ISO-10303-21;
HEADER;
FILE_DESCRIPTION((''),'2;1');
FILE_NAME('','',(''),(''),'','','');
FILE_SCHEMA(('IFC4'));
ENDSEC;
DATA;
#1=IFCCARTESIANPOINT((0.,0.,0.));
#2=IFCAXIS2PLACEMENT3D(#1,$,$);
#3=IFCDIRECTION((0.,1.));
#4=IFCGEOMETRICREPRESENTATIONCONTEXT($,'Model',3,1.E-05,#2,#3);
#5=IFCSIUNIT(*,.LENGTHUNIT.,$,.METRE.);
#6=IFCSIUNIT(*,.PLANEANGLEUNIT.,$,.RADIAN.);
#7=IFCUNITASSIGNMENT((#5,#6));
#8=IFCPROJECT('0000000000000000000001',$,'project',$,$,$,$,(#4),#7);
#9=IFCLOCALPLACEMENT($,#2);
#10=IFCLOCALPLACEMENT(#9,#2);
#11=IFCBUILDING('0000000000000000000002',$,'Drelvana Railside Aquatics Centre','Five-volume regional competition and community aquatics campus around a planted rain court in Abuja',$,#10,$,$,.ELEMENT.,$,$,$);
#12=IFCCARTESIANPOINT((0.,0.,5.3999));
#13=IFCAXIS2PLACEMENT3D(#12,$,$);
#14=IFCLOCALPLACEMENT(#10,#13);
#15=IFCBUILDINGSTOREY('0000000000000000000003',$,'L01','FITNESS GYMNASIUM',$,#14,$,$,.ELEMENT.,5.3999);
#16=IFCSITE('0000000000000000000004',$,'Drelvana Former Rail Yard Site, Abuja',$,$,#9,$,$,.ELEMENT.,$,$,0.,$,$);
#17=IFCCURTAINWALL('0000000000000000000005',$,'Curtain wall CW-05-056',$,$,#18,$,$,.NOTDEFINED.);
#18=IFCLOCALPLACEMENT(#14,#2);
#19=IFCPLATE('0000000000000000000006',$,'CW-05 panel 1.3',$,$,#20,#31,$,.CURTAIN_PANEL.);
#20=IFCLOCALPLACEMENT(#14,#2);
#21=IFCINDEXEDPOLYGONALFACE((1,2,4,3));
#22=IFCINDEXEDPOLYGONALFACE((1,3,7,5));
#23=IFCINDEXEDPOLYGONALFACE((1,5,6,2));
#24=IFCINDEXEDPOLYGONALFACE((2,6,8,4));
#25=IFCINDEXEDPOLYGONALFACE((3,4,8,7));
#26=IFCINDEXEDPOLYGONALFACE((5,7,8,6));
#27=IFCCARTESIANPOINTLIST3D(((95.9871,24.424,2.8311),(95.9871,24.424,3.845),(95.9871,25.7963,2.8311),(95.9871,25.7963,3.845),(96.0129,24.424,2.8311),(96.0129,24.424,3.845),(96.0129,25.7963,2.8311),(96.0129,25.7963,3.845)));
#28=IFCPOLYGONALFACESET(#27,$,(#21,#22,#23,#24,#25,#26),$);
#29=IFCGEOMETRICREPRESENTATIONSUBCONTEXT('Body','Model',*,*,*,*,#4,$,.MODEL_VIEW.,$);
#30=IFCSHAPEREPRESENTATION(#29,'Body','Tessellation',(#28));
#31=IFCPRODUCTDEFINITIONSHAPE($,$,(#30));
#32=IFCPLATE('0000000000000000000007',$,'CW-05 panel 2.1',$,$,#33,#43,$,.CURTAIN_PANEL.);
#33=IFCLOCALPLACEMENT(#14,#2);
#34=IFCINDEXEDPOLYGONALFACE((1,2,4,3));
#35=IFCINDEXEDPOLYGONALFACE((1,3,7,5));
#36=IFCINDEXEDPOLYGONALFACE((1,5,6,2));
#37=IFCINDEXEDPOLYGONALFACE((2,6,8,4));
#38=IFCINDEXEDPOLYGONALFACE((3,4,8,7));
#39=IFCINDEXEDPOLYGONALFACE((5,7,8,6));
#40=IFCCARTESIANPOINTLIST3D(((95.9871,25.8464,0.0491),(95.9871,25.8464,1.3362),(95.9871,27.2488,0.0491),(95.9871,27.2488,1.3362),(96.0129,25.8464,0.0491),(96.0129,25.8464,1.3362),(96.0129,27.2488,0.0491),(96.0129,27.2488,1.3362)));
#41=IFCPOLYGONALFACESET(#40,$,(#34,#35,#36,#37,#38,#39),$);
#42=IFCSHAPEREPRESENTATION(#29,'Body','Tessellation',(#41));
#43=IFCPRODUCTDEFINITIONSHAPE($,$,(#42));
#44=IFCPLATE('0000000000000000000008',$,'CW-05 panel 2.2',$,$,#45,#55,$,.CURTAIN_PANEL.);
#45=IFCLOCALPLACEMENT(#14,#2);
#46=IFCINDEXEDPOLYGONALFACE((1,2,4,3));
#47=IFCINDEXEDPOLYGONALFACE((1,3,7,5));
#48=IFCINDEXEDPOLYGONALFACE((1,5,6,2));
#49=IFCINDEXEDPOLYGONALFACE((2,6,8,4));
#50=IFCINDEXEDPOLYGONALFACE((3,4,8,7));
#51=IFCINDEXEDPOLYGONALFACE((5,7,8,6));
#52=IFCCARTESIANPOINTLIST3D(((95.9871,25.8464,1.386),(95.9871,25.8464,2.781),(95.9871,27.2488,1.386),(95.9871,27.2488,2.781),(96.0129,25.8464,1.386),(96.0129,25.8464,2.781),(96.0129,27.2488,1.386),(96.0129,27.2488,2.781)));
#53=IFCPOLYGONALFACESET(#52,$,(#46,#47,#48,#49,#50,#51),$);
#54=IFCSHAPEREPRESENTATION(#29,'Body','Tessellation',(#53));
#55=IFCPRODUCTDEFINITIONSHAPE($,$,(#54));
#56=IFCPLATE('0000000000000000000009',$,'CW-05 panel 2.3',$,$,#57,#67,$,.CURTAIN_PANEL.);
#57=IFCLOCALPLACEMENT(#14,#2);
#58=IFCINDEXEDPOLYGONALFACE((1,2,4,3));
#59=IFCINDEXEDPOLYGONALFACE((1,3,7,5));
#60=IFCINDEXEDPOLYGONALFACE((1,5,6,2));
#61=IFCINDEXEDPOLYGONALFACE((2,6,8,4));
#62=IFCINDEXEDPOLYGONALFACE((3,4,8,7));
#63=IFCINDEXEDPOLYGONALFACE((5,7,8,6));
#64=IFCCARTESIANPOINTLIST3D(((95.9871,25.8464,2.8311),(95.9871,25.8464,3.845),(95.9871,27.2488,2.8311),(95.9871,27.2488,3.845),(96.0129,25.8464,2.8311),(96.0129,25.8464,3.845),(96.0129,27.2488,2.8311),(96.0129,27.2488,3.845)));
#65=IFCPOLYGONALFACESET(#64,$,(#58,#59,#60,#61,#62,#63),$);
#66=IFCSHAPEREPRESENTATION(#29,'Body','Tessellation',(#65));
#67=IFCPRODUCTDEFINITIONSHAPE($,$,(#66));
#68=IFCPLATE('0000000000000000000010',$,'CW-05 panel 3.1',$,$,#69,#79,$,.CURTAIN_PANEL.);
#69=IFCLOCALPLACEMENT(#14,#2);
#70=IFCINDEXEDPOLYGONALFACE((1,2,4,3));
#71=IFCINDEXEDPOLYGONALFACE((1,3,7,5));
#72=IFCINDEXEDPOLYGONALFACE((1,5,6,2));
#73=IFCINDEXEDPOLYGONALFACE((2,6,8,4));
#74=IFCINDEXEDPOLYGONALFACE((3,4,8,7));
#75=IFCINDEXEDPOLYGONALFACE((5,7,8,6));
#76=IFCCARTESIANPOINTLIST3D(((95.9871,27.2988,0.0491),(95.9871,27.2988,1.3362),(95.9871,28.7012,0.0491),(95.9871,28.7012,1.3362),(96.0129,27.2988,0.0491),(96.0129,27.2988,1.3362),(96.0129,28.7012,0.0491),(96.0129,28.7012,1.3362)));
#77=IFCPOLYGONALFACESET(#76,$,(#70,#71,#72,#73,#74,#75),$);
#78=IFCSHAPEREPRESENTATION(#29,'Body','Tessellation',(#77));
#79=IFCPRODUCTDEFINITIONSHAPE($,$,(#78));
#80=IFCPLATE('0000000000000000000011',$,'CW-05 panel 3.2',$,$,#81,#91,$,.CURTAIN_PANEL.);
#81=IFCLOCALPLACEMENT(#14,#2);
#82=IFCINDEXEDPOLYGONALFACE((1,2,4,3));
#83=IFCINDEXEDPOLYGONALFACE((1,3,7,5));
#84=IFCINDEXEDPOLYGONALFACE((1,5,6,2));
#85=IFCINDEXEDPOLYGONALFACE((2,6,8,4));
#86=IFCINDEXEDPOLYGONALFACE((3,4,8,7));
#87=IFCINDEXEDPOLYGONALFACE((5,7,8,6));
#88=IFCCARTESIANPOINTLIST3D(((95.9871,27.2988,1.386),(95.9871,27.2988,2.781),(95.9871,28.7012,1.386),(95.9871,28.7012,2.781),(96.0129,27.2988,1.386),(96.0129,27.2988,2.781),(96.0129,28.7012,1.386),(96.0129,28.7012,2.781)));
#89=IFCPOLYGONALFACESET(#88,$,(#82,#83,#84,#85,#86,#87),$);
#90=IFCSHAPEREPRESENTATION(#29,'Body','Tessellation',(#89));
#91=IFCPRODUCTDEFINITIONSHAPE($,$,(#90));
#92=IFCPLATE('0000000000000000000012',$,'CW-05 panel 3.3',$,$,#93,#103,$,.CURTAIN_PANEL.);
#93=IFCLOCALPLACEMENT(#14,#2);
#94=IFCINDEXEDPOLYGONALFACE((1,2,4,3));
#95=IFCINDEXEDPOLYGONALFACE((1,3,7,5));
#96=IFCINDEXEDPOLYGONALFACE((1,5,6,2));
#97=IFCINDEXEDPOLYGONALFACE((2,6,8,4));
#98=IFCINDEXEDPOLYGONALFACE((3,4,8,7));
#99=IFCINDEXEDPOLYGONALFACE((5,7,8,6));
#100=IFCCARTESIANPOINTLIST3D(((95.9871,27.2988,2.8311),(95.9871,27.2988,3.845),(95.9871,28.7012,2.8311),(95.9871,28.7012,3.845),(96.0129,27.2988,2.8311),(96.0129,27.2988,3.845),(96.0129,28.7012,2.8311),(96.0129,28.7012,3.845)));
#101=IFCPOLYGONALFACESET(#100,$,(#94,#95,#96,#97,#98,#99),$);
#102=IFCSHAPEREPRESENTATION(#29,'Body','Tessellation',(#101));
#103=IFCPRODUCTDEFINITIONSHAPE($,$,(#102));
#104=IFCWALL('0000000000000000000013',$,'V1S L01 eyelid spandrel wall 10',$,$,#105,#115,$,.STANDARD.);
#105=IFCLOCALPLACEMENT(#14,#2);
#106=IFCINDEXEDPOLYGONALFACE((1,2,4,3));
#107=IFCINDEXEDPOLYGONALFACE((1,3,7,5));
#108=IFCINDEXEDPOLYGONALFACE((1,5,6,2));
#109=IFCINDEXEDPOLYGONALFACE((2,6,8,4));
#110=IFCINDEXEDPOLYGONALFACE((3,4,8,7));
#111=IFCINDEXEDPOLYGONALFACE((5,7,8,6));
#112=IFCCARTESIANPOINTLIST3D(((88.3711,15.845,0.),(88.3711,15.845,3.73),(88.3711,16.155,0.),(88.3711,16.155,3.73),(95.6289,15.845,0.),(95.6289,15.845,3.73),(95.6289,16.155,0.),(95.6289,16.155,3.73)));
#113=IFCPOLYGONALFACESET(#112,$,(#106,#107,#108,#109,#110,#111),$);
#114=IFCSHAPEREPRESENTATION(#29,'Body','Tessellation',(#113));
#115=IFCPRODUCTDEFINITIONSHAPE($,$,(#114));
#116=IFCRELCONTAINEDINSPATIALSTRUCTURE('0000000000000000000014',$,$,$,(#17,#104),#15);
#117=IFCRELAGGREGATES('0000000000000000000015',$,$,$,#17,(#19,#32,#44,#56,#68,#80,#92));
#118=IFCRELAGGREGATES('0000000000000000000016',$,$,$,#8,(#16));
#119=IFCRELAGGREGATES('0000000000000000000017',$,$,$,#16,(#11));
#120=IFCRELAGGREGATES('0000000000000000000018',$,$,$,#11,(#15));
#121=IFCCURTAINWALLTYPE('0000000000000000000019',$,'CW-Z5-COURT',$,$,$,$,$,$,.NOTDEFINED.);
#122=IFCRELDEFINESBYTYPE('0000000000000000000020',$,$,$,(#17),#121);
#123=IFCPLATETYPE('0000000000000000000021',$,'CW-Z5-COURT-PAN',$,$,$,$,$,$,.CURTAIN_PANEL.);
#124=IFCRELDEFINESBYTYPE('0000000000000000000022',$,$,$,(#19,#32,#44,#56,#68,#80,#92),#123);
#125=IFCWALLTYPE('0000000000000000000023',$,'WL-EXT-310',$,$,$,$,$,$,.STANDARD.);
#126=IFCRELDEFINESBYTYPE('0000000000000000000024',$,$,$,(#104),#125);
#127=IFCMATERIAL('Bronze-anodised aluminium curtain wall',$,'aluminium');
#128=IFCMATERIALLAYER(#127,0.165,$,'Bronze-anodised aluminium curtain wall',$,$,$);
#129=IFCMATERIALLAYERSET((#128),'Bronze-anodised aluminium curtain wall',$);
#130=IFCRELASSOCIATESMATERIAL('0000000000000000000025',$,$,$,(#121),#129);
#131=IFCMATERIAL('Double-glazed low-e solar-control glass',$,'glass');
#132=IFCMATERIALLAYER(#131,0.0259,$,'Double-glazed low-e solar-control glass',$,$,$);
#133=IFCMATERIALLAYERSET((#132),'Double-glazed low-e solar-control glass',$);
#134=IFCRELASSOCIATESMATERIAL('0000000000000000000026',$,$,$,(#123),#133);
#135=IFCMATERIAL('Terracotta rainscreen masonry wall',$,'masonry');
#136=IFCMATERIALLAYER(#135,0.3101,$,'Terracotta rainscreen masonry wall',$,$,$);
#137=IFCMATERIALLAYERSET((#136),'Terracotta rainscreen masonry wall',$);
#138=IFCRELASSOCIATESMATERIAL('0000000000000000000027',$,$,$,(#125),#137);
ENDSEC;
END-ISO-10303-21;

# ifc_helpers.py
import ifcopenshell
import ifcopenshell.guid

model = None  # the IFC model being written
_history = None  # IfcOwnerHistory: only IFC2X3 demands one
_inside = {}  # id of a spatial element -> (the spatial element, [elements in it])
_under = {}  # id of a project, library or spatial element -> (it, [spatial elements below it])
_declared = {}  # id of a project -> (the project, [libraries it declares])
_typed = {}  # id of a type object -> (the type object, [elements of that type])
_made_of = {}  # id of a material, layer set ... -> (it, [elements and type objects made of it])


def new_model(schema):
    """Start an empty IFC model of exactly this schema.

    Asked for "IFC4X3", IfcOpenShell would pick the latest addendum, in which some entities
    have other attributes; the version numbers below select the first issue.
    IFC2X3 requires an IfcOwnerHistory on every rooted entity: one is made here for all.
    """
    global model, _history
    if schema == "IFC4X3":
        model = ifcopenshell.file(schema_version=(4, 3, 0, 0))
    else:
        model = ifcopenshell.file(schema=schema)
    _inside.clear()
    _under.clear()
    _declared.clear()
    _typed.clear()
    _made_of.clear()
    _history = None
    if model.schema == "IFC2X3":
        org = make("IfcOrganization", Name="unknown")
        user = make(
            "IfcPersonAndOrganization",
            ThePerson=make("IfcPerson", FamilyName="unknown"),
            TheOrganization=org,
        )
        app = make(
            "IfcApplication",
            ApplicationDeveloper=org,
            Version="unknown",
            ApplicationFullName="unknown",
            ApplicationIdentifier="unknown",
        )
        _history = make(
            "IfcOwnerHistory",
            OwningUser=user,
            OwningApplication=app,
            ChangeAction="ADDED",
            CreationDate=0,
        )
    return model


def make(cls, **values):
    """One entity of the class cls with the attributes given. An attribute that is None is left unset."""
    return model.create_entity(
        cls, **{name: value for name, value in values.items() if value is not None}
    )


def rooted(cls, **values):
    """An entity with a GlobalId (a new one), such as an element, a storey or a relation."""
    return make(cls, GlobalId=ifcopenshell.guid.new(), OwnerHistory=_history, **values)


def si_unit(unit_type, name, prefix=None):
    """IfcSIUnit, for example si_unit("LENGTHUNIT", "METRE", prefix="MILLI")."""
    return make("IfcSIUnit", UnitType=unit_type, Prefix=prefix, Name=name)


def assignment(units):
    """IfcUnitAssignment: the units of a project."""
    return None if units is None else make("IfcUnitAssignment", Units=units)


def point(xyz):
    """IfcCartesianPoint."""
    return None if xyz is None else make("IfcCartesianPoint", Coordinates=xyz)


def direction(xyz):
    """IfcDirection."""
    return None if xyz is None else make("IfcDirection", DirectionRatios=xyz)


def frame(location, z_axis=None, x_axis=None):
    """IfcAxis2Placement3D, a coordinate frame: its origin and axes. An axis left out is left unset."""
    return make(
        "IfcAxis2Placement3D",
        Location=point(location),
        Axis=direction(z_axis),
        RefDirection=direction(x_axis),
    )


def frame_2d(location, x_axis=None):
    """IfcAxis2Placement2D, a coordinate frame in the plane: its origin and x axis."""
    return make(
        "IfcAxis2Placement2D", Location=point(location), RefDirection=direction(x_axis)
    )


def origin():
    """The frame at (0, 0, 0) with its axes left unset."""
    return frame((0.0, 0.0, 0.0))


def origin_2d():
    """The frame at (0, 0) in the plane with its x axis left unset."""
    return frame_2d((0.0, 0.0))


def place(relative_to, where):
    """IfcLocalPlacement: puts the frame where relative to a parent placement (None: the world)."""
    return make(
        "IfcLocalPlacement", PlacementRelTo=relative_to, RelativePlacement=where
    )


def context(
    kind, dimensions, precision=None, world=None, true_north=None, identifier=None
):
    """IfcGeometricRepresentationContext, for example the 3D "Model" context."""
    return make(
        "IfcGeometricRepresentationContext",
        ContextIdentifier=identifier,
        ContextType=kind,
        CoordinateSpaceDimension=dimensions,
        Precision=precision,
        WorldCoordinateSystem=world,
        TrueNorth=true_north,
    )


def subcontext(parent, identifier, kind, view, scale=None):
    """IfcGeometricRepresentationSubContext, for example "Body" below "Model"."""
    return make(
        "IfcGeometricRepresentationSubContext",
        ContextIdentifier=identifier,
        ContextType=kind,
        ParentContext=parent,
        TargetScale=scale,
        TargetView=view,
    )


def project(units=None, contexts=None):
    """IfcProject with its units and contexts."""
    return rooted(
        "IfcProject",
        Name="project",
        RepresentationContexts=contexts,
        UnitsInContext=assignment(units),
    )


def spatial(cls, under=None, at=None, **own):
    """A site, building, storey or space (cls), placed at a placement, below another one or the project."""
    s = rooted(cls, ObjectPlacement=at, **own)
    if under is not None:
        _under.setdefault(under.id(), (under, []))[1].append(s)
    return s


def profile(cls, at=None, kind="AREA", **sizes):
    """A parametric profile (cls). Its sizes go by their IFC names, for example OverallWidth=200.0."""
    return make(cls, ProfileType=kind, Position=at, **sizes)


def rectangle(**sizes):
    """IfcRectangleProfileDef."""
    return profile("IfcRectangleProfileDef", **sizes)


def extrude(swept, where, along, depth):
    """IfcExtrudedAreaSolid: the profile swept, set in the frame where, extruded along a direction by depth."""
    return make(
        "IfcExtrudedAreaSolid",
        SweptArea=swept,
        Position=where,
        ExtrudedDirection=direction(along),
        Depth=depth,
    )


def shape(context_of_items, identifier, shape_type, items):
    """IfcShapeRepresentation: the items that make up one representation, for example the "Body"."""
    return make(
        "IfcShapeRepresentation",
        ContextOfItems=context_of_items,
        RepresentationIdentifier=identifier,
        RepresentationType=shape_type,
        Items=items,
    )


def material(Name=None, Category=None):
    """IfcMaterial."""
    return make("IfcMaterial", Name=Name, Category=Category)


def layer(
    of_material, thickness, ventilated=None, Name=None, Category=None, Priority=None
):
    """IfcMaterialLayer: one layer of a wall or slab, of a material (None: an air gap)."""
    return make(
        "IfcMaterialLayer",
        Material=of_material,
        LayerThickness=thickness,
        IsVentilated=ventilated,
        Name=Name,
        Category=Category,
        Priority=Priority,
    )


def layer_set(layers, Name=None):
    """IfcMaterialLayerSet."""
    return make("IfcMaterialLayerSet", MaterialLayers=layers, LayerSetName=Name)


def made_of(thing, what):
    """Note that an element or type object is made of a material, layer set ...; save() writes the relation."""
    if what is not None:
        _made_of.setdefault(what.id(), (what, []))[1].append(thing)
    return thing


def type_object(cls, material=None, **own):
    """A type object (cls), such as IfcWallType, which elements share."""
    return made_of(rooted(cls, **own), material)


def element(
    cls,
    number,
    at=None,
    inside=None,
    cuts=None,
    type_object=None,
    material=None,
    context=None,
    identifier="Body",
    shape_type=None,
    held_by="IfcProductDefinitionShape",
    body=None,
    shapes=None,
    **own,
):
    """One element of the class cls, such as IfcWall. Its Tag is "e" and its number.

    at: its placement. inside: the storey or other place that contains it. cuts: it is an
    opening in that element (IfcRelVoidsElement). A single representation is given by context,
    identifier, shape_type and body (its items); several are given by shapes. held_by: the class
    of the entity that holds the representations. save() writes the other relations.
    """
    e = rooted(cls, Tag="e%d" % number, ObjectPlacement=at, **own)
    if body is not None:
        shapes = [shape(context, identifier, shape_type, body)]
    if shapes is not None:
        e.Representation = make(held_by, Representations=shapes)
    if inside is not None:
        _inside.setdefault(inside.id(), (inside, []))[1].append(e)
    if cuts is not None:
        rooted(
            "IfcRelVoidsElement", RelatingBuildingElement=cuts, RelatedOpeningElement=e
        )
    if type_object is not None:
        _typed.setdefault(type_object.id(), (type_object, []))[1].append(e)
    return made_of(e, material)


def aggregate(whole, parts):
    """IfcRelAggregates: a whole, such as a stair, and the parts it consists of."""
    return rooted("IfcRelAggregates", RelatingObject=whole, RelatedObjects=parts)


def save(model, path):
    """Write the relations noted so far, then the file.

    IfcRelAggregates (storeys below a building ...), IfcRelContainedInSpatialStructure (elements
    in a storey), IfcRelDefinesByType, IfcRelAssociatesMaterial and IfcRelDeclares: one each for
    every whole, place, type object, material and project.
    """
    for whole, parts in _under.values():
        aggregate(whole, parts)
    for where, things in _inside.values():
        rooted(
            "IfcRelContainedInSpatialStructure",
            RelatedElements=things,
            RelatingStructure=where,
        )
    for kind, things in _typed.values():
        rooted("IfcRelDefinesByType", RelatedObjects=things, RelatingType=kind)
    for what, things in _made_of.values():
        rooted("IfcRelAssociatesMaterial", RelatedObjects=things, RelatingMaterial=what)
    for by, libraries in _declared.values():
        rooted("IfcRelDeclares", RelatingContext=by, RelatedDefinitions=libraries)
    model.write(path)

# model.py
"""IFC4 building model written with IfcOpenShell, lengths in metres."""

from ifc_helpers import new_model, si_unit, direction, frame, frame_2d, origin, origin_2d, place, context, subcontext, project, spatial, rectangle, extrude, material, layer, layer_set, type_object, element, aggregate, save


model = new_model("IFC4")

# Units and contexts
model_context = context("Model", 3, precision=1e-05, world=origin(), true_north=direction((0.0, 1.0)))
body_context = subcontext(model_context, "Body", "Model", "MODEL_VIEW")
ifc_project = project(units=[si_unit("LENGTHUNIT", "METRE"), si_unit("PLANEANGLEUNIT", "RADIAN")], contexts=[model_context])

# Site, building, storey
site_placement = place(None, origin())
site = spatial("IfcSite", under=ifc_project, at=site_placement, Name="Drelvana Former Rail Yard Site, Abuja", CompositionType="ELEMENT", RefElevation=0.0)
building_placement = place(site_placement, origin())
building = spatial("IfcBuilding", under=site, at=building_placement, Name="Drelvana Railside Aquatics Centre", Description="Five-volume regional competition and community aquatics campus around a planted rain court in Abuja", CompositionType="ELEMENT")
storey_placement = place(building_placement, frame((0.0, 0.0, 5.3999)))
storey = spatial("IfcBuildingStorey", under=building, at=storey_placement, Name="L01", Description="FITNESS GYMNASIUM", CompositionType="ELEMENT", Elevation=5.3999)

# Curtain wall
ifc_material_1 = material(Name="Bronze-anodised aluminium curtain wall", Category="aluminium")
ifc_layer_1 = layer(ifc_material_1, 0.165, Name="Bronze-anodised aluminium curtain wall")
ifc_layer_set_1 = layer_set([ifc_layer_1], Name="Bronze-anodised aluminium curtain wall")
curtain_wall_type = type_object("IfcCurtainWallType", Name="CW-Z5-COURT", PredefinedType="NOTDEFINED", material=ifc_layer_set_1)
curtain_wall_placement = place(storey_placement, origin())
curtain_wall = element("IfcCurtainWall", 1, at=curtain_wall_placement, inside=storey, type_object=curtain_wall_type, Name="Curtain wall CW-05-056", PredefinedType="NOTDEFINED")

# Plates
ifc_material_2 = material(Name="Double-glazed low-e solar-control glass", Category="glass")
ifc_layer_2 = layer(ifc_material_2, 0.0259, Name="Double-glazed low-e solar-control glass")
ifc_layer_set_2 = layer_set([ifc_layer_2], Name="Double-glazed low-e solar-control glass")
plate_type = type_object("IfcPlateType", Name="CW-Z5-COURT-PAN", PredefinedType="CURTAIN_PANEL", material=ifc_layer_set_2)
plate_1_placement = place(storey_placement, frame((96.0, 25.1101, 2.8311), z_axis=(0.0, 0.0, 1.0), x_axis=(0.0, 1.0, 0.0)))
plate_1 = element("IfcPlate", 2, at=plate_1_placement, type_object=plate_type, Name="CW-05 panel 1.3", PredefinedType="CURTAIN_PANEL", context=body_context, shape_type="SweptSolid", body=[
    extrude(rectangle(XDim=1.3723, YDim=0.0259, at=origin_2d()), origin(), (0.0, 0.0, 1.0), 1.0139),
])
plate_2_placement = place(storey_placement, frame((96.0, 26.5476, 0.0491), z_axis=(0.0, 0.0, 1.0), x_axis=(0.0, 1.0, 0.0)))
plate_2 = element("IfcPlate", 3, at=plate_2_placement, type_object=plate_type, Name="CW-05 panel 2.1", PredefinedType="CURTAIN_PANEL", context=body_context, shape_type="SweptSolid", body=[
    extrude(rectangle(XDim=1.4023, YDim=0.0259, at=origin_2d()), origin(), (0.0, 0.0, 1.0), 1.2871),
])
plate_3_placement = place(storey_placement, frame((96.0, 26.5476, 1.386), z_axis=(0.0, 0.0, 1.0), x_axis=(0.0, 1.0, 0.0)))
plate_3 = element("IfcPlate", 4, at=plate_3_placement, type_object=plate_type, Name="CW-05 panel 2.2", PredefinedType="CURTAIN_PANEL", context=body_context, shape_type="SweptSolid", body=[
    extrude(rectangle(XDim=1.4023, YDim=0.0259, at=origin_2d()), origin(), (0.0, 0.0, 1.0), 1.395),
])
plate_4_placement = place(storey_placement, frame((96.0, 26.5476, 2.8311), z_axis=(0.0, 0.0, 1.0), x_axis=(0.0, 1.0, 0.0)))
plate_4 = element("IfcPlate", 5, at=plate_4_placement, type_object=plate_type, Name="CW-05 panel 2.3", PredefinedType="CURTAIN_PANEL", context=body_context, shape_type="SweptSolid", body=[
    extrude(rectangle(XDim=1.4023, YDim=0.0259, at=origin_2d()), origin(), (0.0, 0.0, 1.0), 1.0139),
])
plate_5_placement = place(storey_placement, frame((96.0, 28.0, 0.0491), z_axis=(0.0, 0.0, 1.0), x_axis=(0.0, 1.0, 0.0)))
plate_5 = element("IfcPlate", 6, at=plate_5_placement, type_object=plate_type, Name="CW-05 panel 3.1", PredefinedType="CURTAIN_PANEL", context=body_context, shape_type="SweptSolid", body=[
    extrude(rectangle(XDim=1.4023, YDim=0.0259, at=origin_2d()), origin(), (0.0, 0.0, 1.0), 1.2871),
])
plate_6_placement = place(storey_placement, frame((96.0, 28.0, 1.386), z_axis=(0.0, 0.0, 1.0), x_axis=(0.0, 1.0, 0.0)))
plate_6 = element("IfcPlate", 7, at=plate_6_placement, type_object=plate_type, Name="CW-05 panel 3.2", PredefinedType="CURTAIN_PANEL", context=body_context, shape_type="SweptSolid", body=[
    extrude(rectangle(XDim=1.4023, YDim=0.0259, at=origin_2d()), origin(), (0.0, 0.0, 1.0), 1.395),
])
plate_7_placement = place(storey_placement, frame((96.0, 28.0, 2.8311), z_axis=(0.0, 0.0, 1.0), x_axis=(0.0, 1.0, 0.0)))
plate_7 = element("IfcPlate", 8, at=plate_7_placement, type_object=plate_type, Name="CW-05 panel 3.3", PredefinedType="CURTAIN_PANEL", context=body_context, shape_type="SweptSolid", body=[
    extrude(rectangle(XDim=1.4023, YDim=0.0259, at=origin_2d()), origin(), (0.0, 0.0, 1.0), 1.0139),
])
aggregate(curtain_wall, [plate_1, plate_2, plate_3, plate_4, plate_5, plate_6, plate_7])

# Wall
ifc_material_3 = material(Name="Terracotta rainscreen masonry wall", Category="masonry")
ifc_layer_3 = layer(ifc_material_3, 0.3101, Name="Terracotta rainscreen masonry wall")
ifc_layer_set_3 = layer_set([ifc_layer_3], Name="Terracotta rainscreen masonry wall")
wall_type = type_object("IfcWallType", Name="WL-EXT-310", PredefinedType="STANDARD", material=ifc_layer_set_3)
wall_placement = place(storey_placement, frame((88.3711, 16.0, 0.0), z_axis=(0.0, 0.0, 1.0), x_axis=(1.0, 0.0, 0.0)))
element("IfcWall", 9, at=wall_placement, inside=storey, type_object=wall_type, Name="V1S L01 eyelid spandrel wall 10", PredefinedType="STANDARD", context=body_context, shape_type="SweptSolid", body=[
    extrude(rectangle(XDim=7.2578, YDim=0.3101, at=frame_2d((3.6289, 0.0))), origin(), (0.0, 0.0, 1.0), 3.73),
])

save(model, "model.ifc")
